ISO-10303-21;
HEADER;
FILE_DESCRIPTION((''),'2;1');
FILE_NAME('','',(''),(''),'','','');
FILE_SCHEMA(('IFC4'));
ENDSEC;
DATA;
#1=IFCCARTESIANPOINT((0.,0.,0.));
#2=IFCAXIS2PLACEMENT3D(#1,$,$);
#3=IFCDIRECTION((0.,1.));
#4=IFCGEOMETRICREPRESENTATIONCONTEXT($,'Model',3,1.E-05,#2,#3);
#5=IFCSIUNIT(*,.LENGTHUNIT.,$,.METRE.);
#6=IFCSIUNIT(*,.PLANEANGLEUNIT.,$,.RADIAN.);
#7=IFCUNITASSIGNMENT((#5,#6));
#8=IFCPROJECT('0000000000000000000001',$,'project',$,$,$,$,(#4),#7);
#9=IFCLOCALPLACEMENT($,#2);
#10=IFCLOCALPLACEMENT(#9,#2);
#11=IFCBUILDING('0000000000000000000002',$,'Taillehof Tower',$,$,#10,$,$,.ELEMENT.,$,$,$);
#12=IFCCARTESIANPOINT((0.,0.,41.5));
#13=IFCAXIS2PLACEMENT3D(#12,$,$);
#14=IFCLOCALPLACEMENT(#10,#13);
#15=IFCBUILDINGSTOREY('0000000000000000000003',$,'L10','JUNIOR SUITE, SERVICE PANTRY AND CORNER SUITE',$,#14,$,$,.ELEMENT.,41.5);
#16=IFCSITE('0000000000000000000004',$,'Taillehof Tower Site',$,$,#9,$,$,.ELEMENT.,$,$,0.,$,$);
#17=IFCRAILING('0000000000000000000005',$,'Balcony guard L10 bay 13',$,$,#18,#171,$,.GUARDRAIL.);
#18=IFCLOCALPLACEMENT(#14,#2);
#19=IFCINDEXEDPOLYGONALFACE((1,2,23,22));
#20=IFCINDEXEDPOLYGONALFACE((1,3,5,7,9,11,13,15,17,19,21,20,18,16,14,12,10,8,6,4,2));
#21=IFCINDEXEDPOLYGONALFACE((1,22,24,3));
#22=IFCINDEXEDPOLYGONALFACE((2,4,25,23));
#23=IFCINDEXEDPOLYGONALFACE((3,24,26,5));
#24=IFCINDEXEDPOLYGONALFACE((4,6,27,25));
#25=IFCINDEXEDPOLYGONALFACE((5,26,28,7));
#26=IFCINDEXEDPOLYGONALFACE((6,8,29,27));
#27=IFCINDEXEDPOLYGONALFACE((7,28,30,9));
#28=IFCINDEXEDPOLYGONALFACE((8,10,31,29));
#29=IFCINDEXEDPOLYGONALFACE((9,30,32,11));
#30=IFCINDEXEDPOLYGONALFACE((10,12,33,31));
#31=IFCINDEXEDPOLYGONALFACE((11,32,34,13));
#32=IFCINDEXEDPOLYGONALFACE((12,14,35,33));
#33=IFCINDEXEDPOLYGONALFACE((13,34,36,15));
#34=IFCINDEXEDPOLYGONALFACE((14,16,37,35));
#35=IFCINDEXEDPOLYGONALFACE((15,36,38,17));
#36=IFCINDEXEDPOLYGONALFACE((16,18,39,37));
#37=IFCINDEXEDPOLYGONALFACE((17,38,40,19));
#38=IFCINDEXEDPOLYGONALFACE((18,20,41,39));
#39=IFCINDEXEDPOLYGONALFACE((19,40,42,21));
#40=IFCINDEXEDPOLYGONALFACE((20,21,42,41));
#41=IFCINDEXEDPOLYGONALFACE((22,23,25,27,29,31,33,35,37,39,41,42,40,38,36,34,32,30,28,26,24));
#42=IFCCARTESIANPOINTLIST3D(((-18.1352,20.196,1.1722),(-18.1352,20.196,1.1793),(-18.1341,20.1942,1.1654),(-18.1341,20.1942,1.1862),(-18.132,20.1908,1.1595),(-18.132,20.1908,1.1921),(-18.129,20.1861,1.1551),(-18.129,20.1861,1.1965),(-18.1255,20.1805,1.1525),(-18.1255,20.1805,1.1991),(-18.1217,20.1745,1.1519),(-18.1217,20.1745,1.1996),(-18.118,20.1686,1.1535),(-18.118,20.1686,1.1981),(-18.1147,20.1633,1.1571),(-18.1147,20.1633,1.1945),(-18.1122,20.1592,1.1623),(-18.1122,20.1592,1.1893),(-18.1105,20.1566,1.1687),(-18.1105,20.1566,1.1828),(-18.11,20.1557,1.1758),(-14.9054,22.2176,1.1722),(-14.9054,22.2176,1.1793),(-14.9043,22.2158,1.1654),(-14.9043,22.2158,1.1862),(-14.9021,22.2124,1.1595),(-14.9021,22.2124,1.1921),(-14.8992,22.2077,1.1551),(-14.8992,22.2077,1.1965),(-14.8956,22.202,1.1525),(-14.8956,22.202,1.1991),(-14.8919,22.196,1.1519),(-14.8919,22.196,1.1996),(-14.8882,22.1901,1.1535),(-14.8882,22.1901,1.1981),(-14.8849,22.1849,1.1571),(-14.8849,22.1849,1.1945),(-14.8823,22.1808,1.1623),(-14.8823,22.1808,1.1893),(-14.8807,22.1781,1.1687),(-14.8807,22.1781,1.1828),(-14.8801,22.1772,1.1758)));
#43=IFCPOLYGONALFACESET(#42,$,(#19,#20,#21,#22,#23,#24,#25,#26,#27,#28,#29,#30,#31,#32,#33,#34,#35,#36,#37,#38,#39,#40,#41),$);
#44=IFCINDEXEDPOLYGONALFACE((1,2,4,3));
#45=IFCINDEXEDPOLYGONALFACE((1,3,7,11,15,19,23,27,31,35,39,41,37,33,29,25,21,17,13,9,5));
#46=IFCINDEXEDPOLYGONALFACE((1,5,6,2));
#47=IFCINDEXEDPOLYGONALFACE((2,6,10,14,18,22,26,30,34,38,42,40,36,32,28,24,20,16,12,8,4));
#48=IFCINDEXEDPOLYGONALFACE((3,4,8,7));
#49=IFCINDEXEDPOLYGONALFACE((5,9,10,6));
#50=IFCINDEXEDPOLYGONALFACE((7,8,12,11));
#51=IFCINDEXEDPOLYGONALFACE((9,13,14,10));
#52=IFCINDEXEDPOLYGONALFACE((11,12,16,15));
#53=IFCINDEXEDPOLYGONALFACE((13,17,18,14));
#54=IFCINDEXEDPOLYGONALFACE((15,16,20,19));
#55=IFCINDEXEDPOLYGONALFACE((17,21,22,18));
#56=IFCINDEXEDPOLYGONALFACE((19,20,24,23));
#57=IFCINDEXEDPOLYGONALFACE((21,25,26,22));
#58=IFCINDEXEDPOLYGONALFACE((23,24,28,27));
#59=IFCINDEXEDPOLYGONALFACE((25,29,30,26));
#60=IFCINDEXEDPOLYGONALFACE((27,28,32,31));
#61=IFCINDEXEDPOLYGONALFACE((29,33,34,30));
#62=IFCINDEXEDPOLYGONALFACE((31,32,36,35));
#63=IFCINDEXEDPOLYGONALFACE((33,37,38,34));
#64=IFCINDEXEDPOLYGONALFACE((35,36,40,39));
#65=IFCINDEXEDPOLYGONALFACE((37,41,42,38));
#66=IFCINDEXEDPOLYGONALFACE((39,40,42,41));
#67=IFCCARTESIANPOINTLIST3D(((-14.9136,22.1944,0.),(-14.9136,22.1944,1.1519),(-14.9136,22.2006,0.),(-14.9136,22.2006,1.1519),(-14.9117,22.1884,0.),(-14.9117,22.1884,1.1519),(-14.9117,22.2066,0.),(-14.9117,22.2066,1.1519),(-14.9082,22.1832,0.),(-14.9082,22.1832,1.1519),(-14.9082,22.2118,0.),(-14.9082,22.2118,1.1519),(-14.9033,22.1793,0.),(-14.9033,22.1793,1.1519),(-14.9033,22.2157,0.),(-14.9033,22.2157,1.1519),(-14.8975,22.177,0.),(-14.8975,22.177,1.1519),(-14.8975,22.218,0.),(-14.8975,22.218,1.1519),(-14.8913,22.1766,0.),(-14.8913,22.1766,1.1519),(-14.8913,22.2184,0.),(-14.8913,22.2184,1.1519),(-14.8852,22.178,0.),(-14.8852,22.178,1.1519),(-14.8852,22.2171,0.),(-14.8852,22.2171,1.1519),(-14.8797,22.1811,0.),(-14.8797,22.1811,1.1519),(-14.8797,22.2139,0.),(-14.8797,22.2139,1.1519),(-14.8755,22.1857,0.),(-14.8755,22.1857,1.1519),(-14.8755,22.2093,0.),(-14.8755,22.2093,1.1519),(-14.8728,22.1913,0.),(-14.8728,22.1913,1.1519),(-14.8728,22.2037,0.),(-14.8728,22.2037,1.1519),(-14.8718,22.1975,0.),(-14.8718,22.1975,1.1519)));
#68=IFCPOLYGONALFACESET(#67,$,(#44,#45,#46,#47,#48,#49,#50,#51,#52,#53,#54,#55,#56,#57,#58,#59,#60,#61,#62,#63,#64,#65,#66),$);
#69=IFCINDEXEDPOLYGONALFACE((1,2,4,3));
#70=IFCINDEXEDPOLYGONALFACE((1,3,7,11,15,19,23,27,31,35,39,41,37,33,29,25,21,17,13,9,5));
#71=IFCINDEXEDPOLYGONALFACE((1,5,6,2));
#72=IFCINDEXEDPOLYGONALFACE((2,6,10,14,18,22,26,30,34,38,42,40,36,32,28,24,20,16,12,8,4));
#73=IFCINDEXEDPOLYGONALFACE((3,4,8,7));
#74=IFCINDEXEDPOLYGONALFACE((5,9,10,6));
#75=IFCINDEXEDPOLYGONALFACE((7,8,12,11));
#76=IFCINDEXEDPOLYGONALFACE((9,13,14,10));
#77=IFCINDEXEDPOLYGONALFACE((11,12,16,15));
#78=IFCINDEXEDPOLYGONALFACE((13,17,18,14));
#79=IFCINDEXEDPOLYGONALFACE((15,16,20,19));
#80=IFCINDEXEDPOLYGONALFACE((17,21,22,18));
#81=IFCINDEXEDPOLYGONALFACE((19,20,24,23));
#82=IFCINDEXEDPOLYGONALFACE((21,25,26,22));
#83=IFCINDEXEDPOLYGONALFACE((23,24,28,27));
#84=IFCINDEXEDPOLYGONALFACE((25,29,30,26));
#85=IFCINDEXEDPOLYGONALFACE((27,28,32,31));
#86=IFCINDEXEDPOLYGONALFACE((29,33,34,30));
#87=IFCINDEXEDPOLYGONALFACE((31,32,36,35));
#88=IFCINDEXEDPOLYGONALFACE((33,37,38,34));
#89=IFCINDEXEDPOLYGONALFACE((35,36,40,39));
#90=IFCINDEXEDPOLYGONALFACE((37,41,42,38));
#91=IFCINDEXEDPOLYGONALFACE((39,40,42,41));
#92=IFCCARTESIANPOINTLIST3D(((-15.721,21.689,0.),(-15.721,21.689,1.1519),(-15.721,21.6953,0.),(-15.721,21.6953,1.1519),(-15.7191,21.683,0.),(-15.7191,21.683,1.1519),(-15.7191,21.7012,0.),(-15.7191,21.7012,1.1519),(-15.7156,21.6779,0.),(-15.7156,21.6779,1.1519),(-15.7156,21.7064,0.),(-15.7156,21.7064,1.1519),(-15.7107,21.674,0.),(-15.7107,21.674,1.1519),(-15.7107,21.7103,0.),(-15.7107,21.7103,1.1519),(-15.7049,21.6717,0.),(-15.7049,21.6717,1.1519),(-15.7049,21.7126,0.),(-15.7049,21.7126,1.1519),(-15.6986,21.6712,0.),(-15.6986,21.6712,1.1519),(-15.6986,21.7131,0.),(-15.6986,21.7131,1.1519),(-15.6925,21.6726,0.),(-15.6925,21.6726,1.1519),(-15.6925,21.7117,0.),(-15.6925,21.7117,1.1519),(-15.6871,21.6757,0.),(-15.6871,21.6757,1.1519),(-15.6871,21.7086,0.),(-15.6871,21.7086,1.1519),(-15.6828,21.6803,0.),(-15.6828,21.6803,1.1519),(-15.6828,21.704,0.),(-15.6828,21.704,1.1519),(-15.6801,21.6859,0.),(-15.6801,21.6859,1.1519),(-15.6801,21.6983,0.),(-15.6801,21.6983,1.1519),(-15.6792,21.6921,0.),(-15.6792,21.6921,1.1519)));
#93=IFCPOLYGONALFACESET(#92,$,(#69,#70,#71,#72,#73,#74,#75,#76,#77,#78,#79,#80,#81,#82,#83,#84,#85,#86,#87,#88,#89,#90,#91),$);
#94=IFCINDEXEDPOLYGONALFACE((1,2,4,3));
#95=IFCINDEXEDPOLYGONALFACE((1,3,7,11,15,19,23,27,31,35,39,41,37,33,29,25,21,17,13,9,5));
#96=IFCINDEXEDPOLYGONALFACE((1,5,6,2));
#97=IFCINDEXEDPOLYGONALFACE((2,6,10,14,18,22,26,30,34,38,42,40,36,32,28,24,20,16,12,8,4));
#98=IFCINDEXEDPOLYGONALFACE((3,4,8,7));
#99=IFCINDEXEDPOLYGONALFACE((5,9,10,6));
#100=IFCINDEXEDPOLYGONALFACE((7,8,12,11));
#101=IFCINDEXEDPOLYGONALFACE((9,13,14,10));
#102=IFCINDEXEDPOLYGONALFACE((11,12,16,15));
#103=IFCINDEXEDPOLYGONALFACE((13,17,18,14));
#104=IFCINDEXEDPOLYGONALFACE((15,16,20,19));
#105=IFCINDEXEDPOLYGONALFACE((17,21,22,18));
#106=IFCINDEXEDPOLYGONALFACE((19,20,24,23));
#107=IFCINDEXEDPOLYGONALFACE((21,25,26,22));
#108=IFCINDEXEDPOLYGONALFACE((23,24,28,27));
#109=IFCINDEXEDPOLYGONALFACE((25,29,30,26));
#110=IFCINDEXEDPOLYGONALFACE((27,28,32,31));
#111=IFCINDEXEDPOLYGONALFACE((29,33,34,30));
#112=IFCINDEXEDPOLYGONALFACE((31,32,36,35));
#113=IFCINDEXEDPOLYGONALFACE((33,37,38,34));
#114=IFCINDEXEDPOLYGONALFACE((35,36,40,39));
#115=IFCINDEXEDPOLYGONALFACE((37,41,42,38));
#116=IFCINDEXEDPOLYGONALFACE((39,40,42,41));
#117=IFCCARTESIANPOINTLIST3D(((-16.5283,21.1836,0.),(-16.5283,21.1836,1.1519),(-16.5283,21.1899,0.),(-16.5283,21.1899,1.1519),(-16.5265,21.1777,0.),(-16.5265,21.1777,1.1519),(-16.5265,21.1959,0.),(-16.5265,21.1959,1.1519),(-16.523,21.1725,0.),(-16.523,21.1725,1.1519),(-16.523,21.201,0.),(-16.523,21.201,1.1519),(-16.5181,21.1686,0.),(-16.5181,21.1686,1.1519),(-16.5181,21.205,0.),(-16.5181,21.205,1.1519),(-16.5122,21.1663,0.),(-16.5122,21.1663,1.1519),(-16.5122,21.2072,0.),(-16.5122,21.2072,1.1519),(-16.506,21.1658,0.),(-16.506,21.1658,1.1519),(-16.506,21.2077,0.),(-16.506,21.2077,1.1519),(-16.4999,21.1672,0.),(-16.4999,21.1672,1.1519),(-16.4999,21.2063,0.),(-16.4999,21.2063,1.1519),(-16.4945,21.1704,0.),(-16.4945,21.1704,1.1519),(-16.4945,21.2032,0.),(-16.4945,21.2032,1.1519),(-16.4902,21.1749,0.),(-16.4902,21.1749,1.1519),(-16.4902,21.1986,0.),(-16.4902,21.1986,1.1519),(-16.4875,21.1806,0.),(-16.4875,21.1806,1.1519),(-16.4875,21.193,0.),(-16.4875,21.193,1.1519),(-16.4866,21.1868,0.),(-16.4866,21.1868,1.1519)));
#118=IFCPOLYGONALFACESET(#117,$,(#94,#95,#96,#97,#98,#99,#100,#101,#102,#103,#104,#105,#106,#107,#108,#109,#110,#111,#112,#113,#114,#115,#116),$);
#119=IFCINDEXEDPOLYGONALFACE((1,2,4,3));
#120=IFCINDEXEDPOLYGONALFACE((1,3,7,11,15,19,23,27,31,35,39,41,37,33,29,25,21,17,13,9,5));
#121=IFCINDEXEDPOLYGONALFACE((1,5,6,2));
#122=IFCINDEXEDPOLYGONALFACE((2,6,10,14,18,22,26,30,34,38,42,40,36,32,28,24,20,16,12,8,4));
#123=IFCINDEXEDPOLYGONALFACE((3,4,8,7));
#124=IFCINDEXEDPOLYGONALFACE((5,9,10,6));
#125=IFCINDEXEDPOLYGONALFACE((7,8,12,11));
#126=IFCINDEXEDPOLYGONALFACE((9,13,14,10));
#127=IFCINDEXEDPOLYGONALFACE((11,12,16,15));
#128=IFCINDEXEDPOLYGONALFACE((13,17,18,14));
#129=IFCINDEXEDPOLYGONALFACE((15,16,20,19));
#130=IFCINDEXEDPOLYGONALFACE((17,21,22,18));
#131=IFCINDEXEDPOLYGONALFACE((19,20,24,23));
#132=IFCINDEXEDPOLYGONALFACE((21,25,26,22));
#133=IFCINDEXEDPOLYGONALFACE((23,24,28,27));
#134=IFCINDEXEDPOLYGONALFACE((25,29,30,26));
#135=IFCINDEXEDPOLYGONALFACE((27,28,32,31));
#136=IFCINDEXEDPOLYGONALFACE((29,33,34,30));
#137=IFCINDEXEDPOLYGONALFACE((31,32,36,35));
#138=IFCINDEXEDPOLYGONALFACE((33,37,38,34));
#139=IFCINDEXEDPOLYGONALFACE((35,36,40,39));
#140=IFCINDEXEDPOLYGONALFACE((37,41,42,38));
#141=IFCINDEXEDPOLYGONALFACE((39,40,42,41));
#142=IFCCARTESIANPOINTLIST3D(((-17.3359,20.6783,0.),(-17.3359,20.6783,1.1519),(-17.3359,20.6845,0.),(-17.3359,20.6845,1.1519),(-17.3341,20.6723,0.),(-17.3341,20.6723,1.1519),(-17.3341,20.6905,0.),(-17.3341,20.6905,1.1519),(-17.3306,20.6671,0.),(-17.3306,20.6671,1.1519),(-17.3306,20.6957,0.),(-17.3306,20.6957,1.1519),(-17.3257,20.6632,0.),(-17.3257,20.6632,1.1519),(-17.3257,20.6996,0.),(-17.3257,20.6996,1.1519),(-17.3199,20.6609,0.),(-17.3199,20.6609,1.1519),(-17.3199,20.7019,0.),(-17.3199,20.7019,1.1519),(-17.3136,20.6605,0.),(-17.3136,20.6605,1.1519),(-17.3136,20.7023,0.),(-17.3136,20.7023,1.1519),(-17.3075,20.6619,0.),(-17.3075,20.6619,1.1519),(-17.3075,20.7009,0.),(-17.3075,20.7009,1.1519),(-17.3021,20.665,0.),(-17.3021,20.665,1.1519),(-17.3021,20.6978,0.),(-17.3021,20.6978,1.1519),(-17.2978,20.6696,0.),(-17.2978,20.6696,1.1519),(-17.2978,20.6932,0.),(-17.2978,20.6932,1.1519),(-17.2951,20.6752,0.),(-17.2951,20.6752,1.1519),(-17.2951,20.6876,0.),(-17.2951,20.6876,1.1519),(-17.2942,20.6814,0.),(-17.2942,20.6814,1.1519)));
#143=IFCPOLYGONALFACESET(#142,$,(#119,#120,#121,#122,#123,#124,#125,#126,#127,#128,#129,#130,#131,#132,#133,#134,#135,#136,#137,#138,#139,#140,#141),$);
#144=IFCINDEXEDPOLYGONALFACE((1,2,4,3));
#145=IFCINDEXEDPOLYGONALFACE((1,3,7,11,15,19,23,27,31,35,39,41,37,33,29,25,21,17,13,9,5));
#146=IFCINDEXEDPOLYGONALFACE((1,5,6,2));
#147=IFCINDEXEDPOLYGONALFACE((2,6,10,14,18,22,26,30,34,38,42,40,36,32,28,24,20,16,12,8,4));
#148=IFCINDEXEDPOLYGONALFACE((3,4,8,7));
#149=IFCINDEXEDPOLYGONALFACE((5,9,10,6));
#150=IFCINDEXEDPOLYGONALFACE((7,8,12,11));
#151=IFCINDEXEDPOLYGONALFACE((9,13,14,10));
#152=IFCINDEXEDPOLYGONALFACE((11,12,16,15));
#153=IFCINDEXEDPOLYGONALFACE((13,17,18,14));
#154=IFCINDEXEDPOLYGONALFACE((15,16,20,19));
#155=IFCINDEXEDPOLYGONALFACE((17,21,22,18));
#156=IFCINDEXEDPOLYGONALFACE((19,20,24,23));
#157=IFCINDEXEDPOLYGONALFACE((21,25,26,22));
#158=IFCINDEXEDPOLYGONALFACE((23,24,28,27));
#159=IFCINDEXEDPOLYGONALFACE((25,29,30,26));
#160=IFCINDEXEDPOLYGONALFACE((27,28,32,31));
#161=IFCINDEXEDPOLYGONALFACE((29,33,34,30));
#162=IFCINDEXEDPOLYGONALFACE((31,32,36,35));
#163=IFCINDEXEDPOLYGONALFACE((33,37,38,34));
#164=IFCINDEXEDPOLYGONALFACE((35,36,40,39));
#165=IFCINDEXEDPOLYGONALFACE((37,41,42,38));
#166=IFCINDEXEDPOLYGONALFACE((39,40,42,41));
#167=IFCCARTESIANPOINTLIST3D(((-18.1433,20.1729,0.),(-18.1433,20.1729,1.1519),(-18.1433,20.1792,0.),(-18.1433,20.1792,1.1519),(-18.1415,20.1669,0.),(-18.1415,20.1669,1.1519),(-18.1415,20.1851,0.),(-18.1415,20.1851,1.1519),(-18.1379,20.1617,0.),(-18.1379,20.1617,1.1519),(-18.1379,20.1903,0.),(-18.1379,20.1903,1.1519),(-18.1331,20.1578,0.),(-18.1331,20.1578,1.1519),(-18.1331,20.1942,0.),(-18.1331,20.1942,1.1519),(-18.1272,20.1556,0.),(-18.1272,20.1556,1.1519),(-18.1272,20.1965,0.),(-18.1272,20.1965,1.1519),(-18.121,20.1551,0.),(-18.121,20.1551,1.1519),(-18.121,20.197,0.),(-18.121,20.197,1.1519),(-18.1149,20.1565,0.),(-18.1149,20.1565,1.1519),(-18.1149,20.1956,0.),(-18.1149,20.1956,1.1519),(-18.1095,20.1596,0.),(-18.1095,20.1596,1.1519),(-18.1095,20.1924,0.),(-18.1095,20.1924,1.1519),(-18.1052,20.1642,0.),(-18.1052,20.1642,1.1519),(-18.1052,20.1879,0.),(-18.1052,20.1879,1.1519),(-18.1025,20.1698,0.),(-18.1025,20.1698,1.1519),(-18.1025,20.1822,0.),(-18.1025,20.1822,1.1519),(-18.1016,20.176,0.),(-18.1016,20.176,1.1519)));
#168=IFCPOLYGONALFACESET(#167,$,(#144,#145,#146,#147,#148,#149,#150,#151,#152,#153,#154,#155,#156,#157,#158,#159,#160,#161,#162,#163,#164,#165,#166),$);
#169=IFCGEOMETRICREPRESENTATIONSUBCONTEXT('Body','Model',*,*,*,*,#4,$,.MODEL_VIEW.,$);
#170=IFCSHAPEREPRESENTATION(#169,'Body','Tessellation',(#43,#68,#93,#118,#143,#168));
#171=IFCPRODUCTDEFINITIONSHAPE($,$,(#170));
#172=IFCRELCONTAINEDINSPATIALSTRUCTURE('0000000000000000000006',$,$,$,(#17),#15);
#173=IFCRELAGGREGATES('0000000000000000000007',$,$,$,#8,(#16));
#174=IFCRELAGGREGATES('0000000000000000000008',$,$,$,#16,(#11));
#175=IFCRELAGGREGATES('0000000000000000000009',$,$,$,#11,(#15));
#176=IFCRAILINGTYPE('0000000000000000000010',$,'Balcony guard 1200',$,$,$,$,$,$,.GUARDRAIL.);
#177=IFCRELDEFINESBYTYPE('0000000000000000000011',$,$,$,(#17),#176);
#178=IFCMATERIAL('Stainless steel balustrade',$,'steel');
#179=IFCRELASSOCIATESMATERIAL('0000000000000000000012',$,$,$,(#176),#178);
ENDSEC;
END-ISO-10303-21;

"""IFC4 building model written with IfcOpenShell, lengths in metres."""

from ifc_helpers import new_model, si_unit, direction, frame, origin, origin_2d, place, context, subcontext, project, spatial, circle, extrude, material, type_object, element, save


model = new_model("IFC4")

# Units and contexts
model_context = context("Model", 3, precision=1e-05, world=origin(), true_north=direction((0.0, 1.0)))
body_context = subcontext(model_context, "Body", "Model", "MODEL_VIEW")
ifc_project = project(units=[si_unit("LENGTHUNIT", "METRE"), si_unit("PLANEANGLEUNIT", "RADIAN")], contexts=[model_context])

# Site, building, storey
site_placement = place(None, origin())
site = spatial("IfcSite", under=ifc_project, at=site_placement, Name="Taillehof Tower Site", CompositionType="ELEMENT", RefElevation=0.0)
building_placement = place(site_placement, origin())
building = spatial("IfcBuilding", under=site, at=building_placement, Name="Taillehof Tower", CompositionType="ELEMENT")
storey_placement = place(building_placement, frame((0.0, 0.0, 41.5)))
storey = spatial("IfcBuildingStorey", under=building, at=storey_placement, Name="L10", Description="JUNIOR SUITE, SERVICE PANTRY AND CORNER SUITE", CompositionType="ELEMENT", Elevation=41.5)

# Railing
ifc_material_1 = material(Name="Stainless steel balustrade", Category="steel")
railing_type = type_object("IfcRailingType", Name="Balcony guard 1200", PredefinedType="GUARDRAIL", material=ifc_material_1)
railing_1_placement = place(storey_placement, frame((-14.8928, 22.1975, 0.0)))
element("IfcRailing", 1, at=railing_1_placement, inside=storey, type_object=railing_type, Name="Balcony guard L10 bay 13", PredefinedType="GUARDRAIL", context=body_context, shape_type="SweptSolid", body=[
    extrude(circle(Radius=0.0239, at=origin_2d()), frame((0.0, 0.0, 1.1758), z_axis=(-0.847656, -0.530546, 0.0), x_axis=(0.530546, -0.847656, 0.0)), (0.0, 0.0, 1.0), 3.8103),
    extrude(circle(Radius=0.021, at=origin_2d()), origin(), (0.0, 0.0, 1.0), 1.1519),
    extrude(circle(Radius=0.021, at=origin_2d()), frame((-0.8074, -0.5054, 0.0)), (0.0, 0.0, 1.0), 1.1519),
    extrude(circle(Radius=0.021, at=origin_2d()), frame((-1.6147, -1.0107, 0.0)), (0.0, 0.0, 1.0), 1.1519),
    extrude(circle(Radius=0.021, at=origin_2d()), frame((-2.4224, -1.5161, 0.0)), (0.0, 0.0, 1.0), 1.1519),
    extrude(circle(Radius=0.021, at=origin_2d()), frame((-3.2297, -2.0215, 0.0)), (0.0, 0.0, 1.0), 1.1519),
])

save(model, "model.ifc")
